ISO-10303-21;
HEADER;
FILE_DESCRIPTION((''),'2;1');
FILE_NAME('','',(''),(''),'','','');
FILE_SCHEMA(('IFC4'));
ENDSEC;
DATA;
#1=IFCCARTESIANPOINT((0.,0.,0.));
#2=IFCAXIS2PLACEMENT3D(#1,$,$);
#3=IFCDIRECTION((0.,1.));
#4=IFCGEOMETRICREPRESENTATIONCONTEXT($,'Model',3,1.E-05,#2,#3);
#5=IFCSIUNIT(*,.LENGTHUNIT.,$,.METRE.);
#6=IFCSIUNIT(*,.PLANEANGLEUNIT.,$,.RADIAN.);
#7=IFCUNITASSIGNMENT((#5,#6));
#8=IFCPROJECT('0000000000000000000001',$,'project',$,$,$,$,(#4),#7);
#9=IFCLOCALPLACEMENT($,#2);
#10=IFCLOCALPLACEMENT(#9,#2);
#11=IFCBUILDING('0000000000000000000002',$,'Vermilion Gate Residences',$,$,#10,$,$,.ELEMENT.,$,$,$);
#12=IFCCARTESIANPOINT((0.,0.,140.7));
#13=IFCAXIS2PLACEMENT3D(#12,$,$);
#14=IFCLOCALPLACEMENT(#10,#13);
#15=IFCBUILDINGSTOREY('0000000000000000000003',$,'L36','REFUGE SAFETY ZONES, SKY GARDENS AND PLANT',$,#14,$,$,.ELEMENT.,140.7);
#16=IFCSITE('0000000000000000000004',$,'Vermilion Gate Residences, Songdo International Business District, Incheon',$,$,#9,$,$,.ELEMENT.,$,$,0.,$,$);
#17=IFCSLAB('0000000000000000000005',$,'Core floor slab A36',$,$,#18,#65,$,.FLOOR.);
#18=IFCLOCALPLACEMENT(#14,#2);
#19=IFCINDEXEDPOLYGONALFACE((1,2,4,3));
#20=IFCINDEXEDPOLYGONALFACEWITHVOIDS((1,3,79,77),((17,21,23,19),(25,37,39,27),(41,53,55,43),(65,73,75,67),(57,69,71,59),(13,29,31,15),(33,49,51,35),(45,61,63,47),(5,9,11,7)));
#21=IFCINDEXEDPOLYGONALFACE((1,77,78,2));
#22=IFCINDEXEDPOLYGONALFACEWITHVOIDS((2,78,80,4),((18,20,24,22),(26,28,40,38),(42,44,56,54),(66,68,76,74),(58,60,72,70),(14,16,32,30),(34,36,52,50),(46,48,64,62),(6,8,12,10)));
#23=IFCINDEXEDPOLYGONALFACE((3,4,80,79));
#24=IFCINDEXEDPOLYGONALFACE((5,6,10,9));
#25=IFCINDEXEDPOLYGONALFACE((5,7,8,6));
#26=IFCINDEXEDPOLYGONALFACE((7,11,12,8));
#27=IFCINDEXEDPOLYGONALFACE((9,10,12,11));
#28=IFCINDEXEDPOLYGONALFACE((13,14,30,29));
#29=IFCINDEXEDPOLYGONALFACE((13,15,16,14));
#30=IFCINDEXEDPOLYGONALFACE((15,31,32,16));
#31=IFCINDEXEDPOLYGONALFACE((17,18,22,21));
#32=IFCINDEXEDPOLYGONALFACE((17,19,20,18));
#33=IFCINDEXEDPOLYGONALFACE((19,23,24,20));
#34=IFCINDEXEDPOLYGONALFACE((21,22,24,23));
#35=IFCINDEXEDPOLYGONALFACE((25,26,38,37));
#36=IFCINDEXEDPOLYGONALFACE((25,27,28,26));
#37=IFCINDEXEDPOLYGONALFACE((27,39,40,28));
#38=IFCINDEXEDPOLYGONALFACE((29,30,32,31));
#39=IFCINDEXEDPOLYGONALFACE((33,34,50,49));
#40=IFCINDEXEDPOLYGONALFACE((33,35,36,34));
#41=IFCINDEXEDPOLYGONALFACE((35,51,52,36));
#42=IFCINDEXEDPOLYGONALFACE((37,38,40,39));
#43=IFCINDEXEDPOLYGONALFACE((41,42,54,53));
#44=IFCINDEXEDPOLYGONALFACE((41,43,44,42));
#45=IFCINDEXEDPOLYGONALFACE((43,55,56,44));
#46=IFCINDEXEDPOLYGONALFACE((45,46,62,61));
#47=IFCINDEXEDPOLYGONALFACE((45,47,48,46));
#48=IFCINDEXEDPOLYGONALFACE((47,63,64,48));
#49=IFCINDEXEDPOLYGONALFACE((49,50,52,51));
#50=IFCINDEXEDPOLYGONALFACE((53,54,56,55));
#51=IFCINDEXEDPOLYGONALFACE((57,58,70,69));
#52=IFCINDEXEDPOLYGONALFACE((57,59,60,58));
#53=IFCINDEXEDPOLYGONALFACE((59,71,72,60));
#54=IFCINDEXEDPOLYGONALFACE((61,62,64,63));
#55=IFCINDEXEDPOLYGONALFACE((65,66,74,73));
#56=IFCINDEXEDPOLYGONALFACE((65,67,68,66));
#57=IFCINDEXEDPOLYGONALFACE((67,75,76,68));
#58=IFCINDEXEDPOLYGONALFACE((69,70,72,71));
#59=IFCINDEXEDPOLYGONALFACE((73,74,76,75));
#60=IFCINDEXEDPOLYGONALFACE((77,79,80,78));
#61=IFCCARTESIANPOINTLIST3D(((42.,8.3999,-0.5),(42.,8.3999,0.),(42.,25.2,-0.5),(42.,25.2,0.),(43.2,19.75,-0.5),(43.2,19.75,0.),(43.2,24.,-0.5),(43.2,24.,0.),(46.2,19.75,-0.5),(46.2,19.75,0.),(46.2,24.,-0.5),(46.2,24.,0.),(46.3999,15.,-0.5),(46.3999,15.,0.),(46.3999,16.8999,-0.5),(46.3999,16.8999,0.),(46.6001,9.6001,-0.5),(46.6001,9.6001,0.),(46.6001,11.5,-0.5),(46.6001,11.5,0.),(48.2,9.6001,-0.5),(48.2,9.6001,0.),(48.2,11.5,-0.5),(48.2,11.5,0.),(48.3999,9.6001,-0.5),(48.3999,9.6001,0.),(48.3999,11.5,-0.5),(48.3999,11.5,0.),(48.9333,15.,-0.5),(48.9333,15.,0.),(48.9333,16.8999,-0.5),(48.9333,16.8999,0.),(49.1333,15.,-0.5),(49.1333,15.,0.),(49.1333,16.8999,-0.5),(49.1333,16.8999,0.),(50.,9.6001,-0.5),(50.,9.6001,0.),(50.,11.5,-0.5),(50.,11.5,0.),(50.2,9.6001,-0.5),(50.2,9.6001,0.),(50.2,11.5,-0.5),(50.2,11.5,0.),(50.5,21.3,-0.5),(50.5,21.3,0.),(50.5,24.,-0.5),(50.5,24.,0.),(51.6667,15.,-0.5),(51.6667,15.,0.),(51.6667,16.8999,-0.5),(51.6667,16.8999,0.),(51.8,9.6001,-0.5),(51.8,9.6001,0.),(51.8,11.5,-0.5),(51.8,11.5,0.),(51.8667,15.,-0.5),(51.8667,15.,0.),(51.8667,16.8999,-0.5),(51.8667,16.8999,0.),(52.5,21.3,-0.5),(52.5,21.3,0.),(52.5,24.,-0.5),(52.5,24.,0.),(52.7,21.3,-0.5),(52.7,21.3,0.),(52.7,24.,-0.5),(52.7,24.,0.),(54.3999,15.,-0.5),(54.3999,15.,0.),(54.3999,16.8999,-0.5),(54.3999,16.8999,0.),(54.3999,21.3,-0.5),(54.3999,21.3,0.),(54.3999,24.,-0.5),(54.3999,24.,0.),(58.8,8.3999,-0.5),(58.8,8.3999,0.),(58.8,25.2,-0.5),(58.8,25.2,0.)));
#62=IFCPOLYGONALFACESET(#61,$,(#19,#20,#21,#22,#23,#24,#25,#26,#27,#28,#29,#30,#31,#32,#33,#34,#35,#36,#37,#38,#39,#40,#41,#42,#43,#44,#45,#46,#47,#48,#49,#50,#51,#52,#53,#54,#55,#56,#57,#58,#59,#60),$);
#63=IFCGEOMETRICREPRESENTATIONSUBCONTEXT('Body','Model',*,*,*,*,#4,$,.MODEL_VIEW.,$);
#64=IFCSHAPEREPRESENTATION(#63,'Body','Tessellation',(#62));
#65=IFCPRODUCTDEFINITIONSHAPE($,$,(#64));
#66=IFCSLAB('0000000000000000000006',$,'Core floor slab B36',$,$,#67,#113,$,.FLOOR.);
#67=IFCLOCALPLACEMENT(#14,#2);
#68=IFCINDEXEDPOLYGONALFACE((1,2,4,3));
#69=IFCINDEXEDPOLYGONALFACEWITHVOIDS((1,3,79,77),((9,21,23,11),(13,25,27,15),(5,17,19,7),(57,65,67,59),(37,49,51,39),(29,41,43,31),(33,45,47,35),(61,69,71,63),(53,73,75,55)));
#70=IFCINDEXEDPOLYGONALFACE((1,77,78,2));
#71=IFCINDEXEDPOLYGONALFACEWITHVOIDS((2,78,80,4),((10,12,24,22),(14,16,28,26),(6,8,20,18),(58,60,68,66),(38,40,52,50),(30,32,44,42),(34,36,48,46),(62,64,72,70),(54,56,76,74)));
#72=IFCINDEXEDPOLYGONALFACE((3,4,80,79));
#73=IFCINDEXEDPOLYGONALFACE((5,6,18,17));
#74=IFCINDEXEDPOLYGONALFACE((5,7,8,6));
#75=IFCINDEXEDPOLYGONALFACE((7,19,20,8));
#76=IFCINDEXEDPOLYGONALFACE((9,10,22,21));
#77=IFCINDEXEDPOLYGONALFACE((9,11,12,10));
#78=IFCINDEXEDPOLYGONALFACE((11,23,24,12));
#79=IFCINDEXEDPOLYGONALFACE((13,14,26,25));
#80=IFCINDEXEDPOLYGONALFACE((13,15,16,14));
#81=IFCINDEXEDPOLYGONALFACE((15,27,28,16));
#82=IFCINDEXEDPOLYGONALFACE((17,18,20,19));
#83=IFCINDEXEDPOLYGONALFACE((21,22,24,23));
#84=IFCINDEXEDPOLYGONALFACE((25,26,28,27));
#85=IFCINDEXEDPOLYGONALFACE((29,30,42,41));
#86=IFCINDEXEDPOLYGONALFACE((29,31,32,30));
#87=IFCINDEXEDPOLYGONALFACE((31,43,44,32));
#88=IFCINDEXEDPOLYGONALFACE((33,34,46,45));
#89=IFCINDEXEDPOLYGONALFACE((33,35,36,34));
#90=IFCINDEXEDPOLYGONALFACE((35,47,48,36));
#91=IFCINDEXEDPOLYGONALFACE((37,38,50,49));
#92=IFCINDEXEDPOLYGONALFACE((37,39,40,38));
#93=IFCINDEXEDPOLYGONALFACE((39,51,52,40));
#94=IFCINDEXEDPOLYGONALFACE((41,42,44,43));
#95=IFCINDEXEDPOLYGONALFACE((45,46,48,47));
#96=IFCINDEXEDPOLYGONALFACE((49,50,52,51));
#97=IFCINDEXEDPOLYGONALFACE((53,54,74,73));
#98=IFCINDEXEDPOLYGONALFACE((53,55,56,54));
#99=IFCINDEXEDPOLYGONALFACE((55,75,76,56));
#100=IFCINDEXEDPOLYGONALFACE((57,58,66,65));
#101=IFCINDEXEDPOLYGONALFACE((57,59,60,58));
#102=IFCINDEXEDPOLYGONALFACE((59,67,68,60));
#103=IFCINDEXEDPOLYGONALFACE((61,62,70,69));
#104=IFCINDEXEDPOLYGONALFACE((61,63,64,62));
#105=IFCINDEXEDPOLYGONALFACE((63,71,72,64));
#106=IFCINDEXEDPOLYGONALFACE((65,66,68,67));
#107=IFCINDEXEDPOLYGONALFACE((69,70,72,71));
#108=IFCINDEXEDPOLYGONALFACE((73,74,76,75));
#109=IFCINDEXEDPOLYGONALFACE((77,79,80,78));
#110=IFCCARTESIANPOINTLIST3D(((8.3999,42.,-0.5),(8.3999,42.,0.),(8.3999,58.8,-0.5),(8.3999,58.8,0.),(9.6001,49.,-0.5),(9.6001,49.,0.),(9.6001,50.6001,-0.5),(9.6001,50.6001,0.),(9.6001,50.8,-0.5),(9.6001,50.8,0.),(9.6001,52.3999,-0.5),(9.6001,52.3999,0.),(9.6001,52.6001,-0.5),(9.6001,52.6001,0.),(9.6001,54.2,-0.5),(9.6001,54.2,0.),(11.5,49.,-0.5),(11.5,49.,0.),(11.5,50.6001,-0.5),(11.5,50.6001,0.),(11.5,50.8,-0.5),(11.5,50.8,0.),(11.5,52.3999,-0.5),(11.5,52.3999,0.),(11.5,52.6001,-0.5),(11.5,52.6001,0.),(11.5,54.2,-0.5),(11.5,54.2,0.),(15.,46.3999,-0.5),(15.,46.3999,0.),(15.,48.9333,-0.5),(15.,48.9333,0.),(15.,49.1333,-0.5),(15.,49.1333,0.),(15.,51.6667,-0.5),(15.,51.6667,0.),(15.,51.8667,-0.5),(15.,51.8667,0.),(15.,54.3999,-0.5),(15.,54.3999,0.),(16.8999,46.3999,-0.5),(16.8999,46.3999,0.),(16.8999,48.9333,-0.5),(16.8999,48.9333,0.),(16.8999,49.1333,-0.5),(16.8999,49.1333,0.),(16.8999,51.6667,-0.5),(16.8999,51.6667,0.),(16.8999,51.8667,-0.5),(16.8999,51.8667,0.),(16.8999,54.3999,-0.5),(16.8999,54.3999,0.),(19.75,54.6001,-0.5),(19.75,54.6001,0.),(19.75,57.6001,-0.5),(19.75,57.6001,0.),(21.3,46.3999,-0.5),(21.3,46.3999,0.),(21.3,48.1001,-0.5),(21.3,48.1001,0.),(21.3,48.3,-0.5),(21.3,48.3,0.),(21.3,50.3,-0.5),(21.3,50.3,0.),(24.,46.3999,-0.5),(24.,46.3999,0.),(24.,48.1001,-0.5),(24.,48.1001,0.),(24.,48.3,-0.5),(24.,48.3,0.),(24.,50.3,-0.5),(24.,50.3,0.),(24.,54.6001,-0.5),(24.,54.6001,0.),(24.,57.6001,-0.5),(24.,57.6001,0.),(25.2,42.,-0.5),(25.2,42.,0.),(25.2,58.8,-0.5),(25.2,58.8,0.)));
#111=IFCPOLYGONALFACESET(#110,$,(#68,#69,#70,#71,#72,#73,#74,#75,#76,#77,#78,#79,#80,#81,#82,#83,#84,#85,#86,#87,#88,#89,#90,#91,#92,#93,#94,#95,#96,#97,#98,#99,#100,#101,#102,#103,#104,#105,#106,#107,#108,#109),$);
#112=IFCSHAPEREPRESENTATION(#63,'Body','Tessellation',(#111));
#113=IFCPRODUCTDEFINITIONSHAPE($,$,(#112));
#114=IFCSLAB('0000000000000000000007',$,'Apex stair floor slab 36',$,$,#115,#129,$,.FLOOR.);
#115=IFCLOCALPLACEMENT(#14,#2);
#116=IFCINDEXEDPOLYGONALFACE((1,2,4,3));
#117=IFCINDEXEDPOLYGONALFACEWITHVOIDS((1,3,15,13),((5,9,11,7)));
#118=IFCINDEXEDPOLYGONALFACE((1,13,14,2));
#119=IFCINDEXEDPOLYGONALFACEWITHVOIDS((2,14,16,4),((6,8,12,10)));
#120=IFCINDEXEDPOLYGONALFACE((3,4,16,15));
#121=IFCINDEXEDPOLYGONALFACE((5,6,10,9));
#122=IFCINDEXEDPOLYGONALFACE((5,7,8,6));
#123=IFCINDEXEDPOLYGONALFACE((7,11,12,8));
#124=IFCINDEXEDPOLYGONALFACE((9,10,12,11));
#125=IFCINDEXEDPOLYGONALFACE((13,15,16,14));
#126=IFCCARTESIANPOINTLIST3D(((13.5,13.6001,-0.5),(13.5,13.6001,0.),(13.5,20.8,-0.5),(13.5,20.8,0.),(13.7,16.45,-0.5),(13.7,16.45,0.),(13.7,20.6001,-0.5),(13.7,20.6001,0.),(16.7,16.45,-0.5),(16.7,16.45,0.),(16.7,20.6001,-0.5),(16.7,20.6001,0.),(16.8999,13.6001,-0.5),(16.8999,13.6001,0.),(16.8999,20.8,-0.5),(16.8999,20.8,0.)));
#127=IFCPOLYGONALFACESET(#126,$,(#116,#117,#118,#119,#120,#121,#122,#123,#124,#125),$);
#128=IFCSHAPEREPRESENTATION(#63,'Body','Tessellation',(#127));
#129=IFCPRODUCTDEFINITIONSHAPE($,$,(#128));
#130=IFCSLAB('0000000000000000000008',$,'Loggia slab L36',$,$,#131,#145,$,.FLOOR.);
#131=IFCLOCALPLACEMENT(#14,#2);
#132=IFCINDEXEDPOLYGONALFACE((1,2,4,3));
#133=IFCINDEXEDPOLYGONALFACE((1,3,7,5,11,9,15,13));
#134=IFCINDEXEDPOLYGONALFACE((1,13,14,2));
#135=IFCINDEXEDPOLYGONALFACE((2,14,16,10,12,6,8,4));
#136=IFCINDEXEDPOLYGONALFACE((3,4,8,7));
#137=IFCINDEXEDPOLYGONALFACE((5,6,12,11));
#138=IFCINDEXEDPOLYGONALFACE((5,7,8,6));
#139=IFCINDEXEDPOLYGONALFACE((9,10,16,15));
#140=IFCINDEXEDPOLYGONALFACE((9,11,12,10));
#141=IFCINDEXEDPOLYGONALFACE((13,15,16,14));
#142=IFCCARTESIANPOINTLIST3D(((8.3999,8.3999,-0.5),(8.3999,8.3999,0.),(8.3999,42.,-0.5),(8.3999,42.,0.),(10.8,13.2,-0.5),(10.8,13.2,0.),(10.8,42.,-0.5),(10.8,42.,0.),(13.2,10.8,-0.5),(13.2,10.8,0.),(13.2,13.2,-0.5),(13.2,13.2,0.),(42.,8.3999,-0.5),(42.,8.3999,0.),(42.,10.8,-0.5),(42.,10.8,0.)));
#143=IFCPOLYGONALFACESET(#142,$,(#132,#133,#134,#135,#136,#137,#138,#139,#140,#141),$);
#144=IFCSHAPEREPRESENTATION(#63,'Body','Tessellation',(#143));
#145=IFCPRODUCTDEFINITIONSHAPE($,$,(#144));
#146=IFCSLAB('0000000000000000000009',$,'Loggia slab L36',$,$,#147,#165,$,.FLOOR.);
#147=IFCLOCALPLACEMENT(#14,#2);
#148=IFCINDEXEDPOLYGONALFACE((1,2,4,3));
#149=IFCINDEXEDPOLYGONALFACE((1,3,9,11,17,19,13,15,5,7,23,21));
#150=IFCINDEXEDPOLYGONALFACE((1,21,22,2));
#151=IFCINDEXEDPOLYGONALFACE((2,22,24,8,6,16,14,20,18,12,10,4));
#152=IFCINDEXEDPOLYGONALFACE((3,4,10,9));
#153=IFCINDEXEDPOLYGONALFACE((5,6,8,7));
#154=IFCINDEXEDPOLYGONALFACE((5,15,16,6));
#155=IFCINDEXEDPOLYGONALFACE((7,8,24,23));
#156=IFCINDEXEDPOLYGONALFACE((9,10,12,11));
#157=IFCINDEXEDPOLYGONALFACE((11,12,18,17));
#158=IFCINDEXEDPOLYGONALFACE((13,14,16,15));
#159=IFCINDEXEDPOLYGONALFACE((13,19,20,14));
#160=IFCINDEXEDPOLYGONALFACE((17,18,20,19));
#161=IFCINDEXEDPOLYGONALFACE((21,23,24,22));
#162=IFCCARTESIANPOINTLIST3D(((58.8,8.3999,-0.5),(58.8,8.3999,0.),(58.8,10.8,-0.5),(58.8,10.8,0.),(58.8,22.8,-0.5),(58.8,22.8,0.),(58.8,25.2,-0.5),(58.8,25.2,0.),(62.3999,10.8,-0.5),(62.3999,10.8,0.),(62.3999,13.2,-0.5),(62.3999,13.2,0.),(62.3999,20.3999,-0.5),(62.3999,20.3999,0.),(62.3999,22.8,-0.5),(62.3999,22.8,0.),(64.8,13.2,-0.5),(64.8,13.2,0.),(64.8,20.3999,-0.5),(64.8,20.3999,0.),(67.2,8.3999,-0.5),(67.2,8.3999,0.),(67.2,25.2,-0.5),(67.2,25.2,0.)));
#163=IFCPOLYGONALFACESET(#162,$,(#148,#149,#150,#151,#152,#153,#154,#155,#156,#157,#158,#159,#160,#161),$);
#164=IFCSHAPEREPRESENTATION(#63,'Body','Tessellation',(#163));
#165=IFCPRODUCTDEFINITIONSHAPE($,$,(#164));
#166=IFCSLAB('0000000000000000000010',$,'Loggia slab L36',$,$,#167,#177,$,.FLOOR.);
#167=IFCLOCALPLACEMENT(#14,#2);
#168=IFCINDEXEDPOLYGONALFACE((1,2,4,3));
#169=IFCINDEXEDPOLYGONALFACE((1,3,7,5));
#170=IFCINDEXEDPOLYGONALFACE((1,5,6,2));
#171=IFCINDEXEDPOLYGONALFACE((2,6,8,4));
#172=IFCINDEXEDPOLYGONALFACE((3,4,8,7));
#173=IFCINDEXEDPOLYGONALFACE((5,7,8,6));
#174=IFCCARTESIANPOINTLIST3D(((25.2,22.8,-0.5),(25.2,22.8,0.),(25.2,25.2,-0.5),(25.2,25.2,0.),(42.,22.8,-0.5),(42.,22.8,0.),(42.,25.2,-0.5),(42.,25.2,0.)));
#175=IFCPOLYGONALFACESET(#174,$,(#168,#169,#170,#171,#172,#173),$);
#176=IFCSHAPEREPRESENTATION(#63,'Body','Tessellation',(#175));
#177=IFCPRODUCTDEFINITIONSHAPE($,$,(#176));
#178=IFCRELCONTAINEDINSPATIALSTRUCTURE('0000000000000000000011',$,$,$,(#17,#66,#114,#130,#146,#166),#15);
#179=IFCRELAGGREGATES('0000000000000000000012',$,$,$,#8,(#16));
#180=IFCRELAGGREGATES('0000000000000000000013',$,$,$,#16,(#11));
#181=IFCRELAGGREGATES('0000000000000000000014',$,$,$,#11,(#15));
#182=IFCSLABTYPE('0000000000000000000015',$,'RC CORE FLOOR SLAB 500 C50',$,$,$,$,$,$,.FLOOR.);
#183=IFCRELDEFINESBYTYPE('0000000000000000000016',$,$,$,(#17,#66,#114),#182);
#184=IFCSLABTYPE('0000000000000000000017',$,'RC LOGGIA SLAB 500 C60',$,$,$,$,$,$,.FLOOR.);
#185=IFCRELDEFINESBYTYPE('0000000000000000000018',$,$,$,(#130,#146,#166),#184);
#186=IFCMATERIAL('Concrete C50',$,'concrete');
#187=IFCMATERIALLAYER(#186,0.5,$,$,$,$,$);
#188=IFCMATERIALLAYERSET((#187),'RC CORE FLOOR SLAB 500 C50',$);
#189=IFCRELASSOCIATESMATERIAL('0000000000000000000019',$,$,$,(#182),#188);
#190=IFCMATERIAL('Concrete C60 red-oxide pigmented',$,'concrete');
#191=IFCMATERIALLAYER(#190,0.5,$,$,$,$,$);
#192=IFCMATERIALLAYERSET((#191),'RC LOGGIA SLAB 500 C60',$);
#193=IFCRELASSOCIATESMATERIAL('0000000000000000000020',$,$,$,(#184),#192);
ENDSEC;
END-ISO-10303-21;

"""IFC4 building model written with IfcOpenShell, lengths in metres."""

from ifc_helpers import new_model, si_unit, direction, frame, origin, place, context, subcontext, project, spatial, polyline, outline, extrude, material, layer, layer_set, type_object, element, save


model = new_model("IFC4")

# Units and contexts
model_context = context("Model", 3, precision=1e-05, world=origin(), true_north=direction((0.0, 1.0)))
body_context = subcontext(model_context, "Body", "Model", "MODEL_VIEW")
ifc_project = project(units=[si_unit("LENGTHUNIT", "METRE"), si_unit("PLANEANGLEUNIT", "RADIAN")], contexts=[model_context])

# Site, building, storey
site_placement = place(None, origin())
site = spatial("IfcSite", under=ifc_project, at=site_placement, Name="Vermilion Gate Residences, Songdo International Business District, Incheon", CompositionType="ELEMENT", RefElevation=0.0)
building_placement = place(site_placement, origin())
building = spatial("IfcBuilding", under=site, at=building_placement, Name="Vermilion Gate Residences", CompositionType="ELEMENT")
storey_placement = place(building_placement, frame((0.0, 0.0, 140.7)))
storey = spatial("IfcBuildingStorey", under=building, at=storey_placement, Name="L36", Description="REFUGE SAFETY ZONES, SKY GARDENS AND PLANT", CompositionType="ELEMENT", Elevation=140.7)

# Slabs
ifc_material_1 = material(Name="Concrete C50", Category="concrete")
ifc_layer_1 = layer(ifc_material_1, 0.5)
ifc_layer_set_1 = layer_set([ifc_layer_1], Name="RC CORE FLOOR SLAB 500 C50")
slab_type_1 = type_object("IfcSlabType", Name="RC CORE FLOOR SLAB 500 C50", PredefinedType="FLOOR", material=ifc_layer_set_1)
slab_1_placement = place(storey_placement, frame((0.0, 0.0, -0.5)))
element("IfcSlab", 1, at=slab_1_placement, inside=storey, type_object=slab_type_1, Name="Core floor slab A36", PredefinedType="FLOOR", context=body_context, shape_type="SweptSolid", body=[
    extrude(outline(polyline([(42.0, 8.3999), (58.8, 8.3999), (58.8, 25.2), (42.0, 25.2), (42.0, 8.3999)]), holes=[polyline([(46.6001, 11.5), (48.2, 11.5), (48.2, 9.6001), (46.6001, 9.6001), (46.6001, 11.5)]), polyline([(48.3999, 11.5), (50.0, 11.5), (50.0, 9.6001), (48.3999, 9.6001), (48.3999, 11.5)]), polyline([(50.2, 11.5), (51.8, 11.5), (51.8, 9.6001), (50.2, 9.6001), (50.2, 11.5)]), polyline([(46.3999, 16.8999), (48.9333, 16.8999), (48.9333, 15.0), (46.3999, 15.0), (46.3999, 16.8999)]), polyline([(49.1333, 16.8999), (51.6667, 16.8999), (51.6667, 15.0), (49.1333, 15.0), (49.1333, 16.8999)]), polyline([(51.8667, 16.8999), (54.3999, 16.8999), (54.3999, 15.0), (51.8667, 15.0), (51.8667, 16.8999)]), polyline([(43.2, 24.0), (46.2, 24.0), (46.2, 19.75), (43.2, 19.75), (43.2, 24.0)]), polyline([(52.5, 24.0), (52.5, 21.3), (50.5, 21.3), (50.5, 24.0), (52.5, 24.0)]), polyline([(54.3999, 24.0), (54.3999, 21.3), (52.7, 21.3), (52.7, 24.0), (54.3999, 24.0)])]), origin(), (0.0, 0.0, 1.0), 0.5),
])
slab_2_placement = place(storey_placement, frame((0.0, 0.0, -0.5)))
element("IfcSlab", 2, at=slab_2_placement, inside=storey, type_object=slab_type_1, Name="Core floor slab B36", PredefinedType="FLOOR", context=body_context, shape_type="SweptSolid", body=[
    extrude(outline(polyline([(8.3999, 42.0), (25.2, 42.0), (25.2, 58.8), (8.3999, 58.8), (8.3999, 42.0)]), holes=[polyline([(21.3, 48.1001), (24.0, 48.1001), (24.0, 46.3999), (21.3, 46.3999), (21.3, 48.1001)]), polyline([(15.0, 48.9333), (16.8999, 48.9333), (16.8999, 46.3999), (15.0, 46.3999), (15.0, 48.9333)]), polyline([(21.3, 50.3), (24.0, 50.3), (24.0, 48.3), (21.3, 48.3), (21.3, 50.3)]), polyline([(9.6001, 50.6001), (11.5, 50.6001), (11.5, 49.0), (9.6001, 49.0), (9.6001, 50.6001)]), polyline([(15.0, 51.6667), (16.8999, 51.6667), (16.8999, 49.1333), (15.0, 49.1333), (15.0, 51.6667)]), polyline([(9.6001, 52.3999), (11.5, 52.3999), (11.5, 50.8), (9.6001, 50.8), (9.6001, 52.3999)]), polyline([(15.0, 54.3999), (16.8999, 54.3999), (16.8999, 51.8667), (15.0, 51.8667), (15.0, 54.3999)]), polyline([(11.5, 54.2), (11.5, 52.6001), (9.6001, 52.6001), (9.6001, 54.2), (11.5, 54.2)]), polyline([(24.0, 57.6001), (24.0, 54.6001), (19.75, 54.6001), (19.75, 57.6001), (24.0, 57.6001)])]), origin(), (0.0, 0.0, 1.0), 0.5),
])
slab_3_placement = place(storey_placement, frame((0.0, 0.0, -0.5)))
element("IfcSlab", 3, at=slab_3_placement, inside=storey, type_object=slab_type_1, Name="Apex stair floor slab 36", PredefinedType="FLOOR", context=body_context, shape_type="SweptSolid", body=[
    extrude(outline(polyline([(13.5, 13.6001), (16.8999, 13.6001), (16.8999, 20.8), (13.5, 20.8), (13.5, 13.6001)]), holes=[polyline([(16.7, 20.6001), (16.7, 16.45), (13.7, 16.45), (13.7, 20.6001), (16.7, 20.6001)])]), origin(), (0.0, 0.0, 1.0), 0.5),
])
ifc_material_2 = material(Name="Concrete C60 red-oxide pigmented", Category="concrete")
ifc_layer_2 = layer(ifc_material_2, 0.5)
ifc_layer_set_2 = layer_set([ifc_layer_2], Name="RC LOGGIA SLAB 500 C60")
slab_type_2 = type_object("IfcSlabType", Name="RC LOGGIA SLAB 500 C60", PredefinedType="FLOOR", material=ifc_layer_set_2)
slab_4_placement = place(storey_placement, frame((0.0, 0.0, -0.5)))
element("IfcSlab", 4, at=slab_4_placement, inside=storey, type_object=slab_type_2, Name="Loggia slab L36", PredefinedType="FLOOR", context=body_context, shape_type="SweptSolid", body=[
    extrude(outline(polyline([(8.3999, 42.0), (8.3999, 8.3999), (42.0, 8.3999), (42.0, 10.8), (13.2, 10.8), (13.2, 13.2), (10.8, 13.2), (10.8, 42.0), (8.3999, 42.0)])), origin(), (0.0, 0.0, 1.0), 0.5),
])
slab_5_placement = place(storey_placement, frame((0.0, 0.0, -0.5)))
element("IfcSlab", 5, at=slab_5_placement, inside=storey, type_object=slab_type_2, Name="Loggia slab L36", PredefinedType="FLOOR", context=body_context, shape_type="SweptSolid", body=[
    extrude(outline(polyline([(64.8, 13.2), (62.3999, 13.2), (62.3999, 10.8), (58.8, 10.8), (58.8, 8.3999), (67.2, 8.3999), (67.2, 25.2), (58.8, 25.2), (58.8, 22.8), (62.3999, 22.8), (62.3999, 20.3999), (64.8, 20.3999), (64.8, 13.2)])), origin(), (0.0, 0.0, 1.0), 0.5),
])
slab_6_placement = place(storey_placement, frame((0.0, 0.0, -0.5)))
element("IfcSlab", 6, at=slab_6_placement, inside=storey, type_object=slab_type_2, Name="Loggia slab L36", PredefinedType="FLOOR", context=body_context, shape_type="SweptSolid", body=[
    extrude(outline(polyline([(42.0, 25.2), (25.2, 25.2), (25.2, 22.8), (42.0, 22.8), (42.0, 25.2)])), origin(), (0.0, 0.0, 1.0), 0.5),
])

save(model, "model.ifc")
